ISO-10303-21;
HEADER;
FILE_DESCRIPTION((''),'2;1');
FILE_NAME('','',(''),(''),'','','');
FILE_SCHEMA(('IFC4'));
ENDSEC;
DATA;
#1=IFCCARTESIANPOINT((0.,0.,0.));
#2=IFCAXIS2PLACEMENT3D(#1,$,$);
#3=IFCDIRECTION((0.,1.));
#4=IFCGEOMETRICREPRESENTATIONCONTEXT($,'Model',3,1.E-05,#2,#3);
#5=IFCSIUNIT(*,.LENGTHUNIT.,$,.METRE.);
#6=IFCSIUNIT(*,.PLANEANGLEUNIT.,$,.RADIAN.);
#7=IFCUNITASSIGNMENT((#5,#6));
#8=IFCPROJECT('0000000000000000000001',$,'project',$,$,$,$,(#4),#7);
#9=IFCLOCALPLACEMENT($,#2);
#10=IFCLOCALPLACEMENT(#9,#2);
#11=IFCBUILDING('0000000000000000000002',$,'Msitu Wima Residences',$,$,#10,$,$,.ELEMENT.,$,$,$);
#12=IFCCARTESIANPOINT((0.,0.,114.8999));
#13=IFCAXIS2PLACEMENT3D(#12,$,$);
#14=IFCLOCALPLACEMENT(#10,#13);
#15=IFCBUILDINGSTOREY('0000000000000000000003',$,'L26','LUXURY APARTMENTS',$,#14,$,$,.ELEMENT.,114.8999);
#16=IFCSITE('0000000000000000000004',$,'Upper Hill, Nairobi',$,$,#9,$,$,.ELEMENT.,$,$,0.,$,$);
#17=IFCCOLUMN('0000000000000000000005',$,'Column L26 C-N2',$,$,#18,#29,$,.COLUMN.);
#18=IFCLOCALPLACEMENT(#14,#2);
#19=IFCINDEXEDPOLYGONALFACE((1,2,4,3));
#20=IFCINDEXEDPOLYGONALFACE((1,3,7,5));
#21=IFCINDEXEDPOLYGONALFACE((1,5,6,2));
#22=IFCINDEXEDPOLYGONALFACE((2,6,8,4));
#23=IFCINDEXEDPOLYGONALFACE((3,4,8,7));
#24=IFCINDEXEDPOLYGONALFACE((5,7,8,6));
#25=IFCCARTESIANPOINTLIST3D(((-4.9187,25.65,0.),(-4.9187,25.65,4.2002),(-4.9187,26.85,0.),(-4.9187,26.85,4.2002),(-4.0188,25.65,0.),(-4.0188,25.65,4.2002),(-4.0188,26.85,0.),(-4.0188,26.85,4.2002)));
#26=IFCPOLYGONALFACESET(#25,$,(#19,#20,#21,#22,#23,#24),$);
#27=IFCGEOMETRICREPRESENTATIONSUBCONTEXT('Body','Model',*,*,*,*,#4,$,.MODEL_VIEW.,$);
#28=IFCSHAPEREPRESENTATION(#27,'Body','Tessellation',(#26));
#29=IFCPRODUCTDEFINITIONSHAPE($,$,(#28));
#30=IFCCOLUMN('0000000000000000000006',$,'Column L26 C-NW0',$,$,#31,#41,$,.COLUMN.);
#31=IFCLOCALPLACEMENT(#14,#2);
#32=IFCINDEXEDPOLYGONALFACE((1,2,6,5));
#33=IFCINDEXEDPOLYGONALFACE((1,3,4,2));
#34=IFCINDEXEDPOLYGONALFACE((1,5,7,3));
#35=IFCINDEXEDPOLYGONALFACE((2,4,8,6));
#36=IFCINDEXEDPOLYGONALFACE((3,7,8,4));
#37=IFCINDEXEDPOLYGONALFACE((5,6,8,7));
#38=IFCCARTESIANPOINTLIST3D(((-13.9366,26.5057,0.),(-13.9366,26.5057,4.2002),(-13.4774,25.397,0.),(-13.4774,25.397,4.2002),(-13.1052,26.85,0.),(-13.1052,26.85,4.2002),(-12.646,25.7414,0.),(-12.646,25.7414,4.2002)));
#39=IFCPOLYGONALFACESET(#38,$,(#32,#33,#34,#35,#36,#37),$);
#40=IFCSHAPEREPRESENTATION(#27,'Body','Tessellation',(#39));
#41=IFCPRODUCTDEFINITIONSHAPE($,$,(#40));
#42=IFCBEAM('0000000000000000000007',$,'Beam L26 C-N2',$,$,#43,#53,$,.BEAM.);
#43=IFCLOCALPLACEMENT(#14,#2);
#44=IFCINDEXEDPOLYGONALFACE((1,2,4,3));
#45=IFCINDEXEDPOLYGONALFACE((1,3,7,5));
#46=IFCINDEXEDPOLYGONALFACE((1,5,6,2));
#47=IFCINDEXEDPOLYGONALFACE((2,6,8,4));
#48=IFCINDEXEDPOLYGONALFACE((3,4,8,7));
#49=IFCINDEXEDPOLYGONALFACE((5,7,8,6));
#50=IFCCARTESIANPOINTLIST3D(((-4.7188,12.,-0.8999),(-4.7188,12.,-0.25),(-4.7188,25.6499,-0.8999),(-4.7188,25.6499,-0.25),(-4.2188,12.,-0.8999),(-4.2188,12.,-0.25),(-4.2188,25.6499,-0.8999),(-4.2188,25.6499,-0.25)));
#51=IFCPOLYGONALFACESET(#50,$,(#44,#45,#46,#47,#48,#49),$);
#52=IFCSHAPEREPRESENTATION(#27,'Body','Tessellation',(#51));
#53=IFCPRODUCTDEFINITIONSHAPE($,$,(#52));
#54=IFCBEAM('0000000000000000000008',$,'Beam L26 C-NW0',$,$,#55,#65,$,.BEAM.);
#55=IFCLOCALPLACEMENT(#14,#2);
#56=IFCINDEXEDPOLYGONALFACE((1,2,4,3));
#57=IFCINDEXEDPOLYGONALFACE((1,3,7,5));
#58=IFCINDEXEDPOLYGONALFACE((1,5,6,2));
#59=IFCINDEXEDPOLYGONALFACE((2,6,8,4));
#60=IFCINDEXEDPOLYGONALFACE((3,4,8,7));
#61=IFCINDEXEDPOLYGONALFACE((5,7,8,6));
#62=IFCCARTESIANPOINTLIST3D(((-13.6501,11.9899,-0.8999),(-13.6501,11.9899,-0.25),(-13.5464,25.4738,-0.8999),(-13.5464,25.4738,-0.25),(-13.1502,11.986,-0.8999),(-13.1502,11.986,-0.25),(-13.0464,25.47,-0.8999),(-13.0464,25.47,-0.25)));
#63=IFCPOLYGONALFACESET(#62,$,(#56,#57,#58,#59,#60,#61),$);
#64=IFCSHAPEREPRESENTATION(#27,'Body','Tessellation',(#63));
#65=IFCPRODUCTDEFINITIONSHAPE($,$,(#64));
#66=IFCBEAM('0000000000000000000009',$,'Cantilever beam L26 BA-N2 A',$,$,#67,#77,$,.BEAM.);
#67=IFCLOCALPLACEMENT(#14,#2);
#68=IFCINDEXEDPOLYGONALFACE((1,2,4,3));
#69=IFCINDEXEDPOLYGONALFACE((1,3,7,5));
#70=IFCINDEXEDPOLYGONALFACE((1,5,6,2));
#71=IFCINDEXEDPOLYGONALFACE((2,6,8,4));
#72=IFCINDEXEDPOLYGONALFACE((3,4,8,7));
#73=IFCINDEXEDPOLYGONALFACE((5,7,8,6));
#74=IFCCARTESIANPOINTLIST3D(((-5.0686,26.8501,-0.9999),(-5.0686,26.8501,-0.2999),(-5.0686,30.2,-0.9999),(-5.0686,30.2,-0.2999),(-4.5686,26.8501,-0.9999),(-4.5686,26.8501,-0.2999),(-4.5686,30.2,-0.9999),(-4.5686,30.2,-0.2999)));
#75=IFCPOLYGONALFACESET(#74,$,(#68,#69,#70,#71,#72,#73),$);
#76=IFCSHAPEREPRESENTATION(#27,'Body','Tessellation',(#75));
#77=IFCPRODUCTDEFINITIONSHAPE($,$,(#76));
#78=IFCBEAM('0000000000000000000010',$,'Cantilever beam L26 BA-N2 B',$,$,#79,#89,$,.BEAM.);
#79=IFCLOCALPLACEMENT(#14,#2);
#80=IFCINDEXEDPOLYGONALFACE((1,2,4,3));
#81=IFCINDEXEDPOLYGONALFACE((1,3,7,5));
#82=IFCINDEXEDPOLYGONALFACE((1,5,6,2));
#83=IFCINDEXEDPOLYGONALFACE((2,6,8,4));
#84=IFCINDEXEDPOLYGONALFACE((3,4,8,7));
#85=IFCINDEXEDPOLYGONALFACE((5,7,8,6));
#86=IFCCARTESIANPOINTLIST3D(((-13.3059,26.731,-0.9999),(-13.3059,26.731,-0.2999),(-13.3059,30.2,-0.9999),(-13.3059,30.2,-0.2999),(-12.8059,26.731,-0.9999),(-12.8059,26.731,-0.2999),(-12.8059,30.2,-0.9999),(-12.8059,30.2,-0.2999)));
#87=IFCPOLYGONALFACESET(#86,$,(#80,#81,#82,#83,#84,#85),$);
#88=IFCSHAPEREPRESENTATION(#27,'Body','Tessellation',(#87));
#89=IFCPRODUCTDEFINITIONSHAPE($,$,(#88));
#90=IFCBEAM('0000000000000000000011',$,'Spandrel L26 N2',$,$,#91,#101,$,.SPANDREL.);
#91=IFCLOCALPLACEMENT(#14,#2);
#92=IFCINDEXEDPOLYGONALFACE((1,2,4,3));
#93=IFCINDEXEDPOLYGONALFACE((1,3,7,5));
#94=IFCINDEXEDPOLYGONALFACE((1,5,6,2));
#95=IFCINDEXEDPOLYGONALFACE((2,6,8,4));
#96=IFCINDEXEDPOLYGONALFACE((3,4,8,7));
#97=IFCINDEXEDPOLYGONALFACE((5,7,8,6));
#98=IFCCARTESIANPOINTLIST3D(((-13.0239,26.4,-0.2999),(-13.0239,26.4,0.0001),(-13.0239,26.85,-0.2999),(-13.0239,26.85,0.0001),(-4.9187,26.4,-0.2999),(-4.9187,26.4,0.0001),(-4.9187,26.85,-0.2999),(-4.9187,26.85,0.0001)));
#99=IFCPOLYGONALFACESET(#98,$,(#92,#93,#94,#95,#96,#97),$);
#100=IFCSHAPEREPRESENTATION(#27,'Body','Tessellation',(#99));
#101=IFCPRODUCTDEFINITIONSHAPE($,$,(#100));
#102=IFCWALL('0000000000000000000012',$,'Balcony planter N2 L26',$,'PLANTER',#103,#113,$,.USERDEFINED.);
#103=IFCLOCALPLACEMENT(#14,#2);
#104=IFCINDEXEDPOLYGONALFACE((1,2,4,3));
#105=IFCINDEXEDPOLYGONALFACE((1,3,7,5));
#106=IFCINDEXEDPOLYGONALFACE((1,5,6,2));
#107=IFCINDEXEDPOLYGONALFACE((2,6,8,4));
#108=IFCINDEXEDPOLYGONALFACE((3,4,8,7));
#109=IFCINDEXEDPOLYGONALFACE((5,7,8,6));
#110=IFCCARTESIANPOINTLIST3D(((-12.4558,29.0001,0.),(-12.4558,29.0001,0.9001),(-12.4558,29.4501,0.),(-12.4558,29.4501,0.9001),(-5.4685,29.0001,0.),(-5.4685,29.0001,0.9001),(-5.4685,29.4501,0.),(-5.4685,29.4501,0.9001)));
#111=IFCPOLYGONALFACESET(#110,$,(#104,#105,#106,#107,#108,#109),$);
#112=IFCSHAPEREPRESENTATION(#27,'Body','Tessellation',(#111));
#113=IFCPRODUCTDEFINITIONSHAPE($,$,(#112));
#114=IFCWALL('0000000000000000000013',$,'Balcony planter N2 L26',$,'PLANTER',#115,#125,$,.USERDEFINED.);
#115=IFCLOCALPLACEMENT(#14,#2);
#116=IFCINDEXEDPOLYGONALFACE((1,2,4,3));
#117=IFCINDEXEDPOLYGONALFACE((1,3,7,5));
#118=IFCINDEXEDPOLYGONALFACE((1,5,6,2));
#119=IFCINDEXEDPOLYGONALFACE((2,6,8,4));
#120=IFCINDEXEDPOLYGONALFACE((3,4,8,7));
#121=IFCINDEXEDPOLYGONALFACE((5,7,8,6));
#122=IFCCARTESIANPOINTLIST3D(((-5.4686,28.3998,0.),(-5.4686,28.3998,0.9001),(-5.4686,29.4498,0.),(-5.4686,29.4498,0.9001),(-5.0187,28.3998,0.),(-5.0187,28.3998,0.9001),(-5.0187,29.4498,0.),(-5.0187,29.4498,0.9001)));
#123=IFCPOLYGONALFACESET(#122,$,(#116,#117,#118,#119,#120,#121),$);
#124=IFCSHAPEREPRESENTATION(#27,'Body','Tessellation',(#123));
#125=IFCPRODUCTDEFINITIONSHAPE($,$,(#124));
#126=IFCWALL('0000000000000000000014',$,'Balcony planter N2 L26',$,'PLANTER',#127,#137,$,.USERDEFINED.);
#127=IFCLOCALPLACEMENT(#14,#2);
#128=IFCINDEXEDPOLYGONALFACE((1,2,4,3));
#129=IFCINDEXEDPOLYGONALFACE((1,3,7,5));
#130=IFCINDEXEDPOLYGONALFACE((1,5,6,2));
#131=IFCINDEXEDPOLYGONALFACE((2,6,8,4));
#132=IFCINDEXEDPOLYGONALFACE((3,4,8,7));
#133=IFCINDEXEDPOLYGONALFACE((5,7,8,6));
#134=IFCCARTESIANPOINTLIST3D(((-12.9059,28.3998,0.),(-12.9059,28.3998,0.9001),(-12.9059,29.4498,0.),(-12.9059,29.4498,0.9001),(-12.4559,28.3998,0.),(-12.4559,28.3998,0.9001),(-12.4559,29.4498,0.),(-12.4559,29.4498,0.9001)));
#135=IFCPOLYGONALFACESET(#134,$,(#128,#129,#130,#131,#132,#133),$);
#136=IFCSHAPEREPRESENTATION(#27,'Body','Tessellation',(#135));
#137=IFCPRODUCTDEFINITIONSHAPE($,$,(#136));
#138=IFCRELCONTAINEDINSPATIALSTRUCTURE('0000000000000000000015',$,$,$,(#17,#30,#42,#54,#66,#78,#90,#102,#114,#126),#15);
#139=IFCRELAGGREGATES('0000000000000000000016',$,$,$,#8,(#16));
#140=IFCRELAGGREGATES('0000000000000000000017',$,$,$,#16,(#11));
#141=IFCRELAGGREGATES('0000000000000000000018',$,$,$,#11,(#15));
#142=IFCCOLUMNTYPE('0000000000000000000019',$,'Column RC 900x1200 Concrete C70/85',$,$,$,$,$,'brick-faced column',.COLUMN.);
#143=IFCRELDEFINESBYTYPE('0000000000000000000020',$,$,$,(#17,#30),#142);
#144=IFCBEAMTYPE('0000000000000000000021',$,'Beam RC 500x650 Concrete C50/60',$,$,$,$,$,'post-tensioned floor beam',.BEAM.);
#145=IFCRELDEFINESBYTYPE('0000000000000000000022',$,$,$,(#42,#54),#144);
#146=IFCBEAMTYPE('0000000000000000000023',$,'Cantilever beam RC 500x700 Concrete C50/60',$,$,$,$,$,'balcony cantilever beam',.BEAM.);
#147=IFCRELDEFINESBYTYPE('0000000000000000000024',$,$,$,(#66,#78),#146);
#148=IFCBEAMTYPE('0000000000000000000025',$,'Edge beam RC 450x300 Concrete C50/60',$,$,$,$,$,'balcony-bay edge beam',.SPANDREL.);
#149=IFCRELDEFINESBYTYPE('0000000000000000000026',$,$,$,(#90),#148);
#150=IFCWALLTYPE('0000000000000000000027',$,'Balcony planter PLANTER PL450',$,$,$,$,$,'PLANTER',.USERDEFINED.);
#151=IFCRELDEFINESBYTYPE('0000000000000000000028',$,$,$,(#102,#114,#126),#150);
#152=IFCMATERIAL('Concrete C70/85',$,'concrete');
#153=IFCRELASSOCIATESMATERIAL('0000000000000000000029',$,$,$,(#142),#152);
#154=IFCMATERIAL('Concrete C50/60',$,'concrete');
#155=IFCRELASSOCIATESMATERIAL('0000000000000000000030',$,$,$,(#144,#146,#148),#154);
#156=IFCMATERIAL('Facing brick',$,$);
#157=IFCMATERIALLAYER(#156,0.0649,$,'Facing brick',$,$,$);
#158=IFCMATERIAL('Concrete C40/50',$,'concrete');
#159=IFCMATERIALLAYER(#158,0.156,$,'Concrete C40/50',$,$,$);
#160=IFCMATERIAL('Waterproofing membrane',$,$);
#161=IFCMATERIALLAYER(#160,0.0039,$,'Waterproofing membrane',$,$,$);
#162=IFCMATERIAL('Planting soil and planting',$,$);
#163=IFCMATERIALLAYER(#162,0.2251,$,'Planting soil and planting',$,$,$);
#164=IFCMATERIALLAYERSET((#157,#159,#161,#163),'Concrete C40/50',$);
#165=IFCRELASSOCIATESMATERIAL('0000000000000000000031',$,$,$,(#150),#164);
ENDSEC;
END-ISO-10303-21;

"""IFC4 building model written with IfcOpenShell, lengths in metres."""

from ifc_helpers import new_model, si_unit, direction, frame, frame_2d, origin, origin_2d, place, context, subcontext, project, spatial, rectangle, extrude, material, layer, layer_set, material_profile, profile_set, type_object, element, save


model = new_model("IFC4")

# Units and contexts
model_context = context("Model", 3, precision=1e-05, world=origin(), true_north=direction((0.0, 1.0)))
body_context = subcontext(model_context, "Body", "Model", "MODEL_VIEW")
ifc_project = project(units=[si_unit("LENGTHUNIT", "METRE"), si_unit("PLANEANGLEUNIT", "RADIAN")], contexts=[model_context])

# Site, building, storey
site_placement = place(None, origin())
site = spatial("IfcSite", under=ifc_project, at=site_placement, Name="Upper Hill, Nairobi", CompositionType="ELEMENT", RefElevation=0.0)
building_placement = place(site_placement, origin())
building = spatial("IfcBuilding", under=site, at=building_placement, Name="Msitu Wima Residences", CompositionType="ELEMENT")
storey_placement = place(building_placement, frame((0.0, 0.0, 114.8999)))
storey = spatial("IfcBuildingStorey", under=building, at=storey_placement, Name="L26", Description="LUXURY APARTMENTS", CompositionType="ELEMENT", Elevation=114.8999)

# Columns
ifc_material_1 = material(Name="Concrete C70/85", Category="concrete")
ifc_material_profile_1 = material_profile(ifc_material_1, rectangle(XDim=0.8999, YDim=1.2, at=origin_2d()), Name="RC 900x1200")
ifc_profile_set_1 = profile_set([ifc_material_profile_1], Name="Concrete C70/85")
column_type = type_object("IfcColumnType", Name="Column RC 900x1200 Concrete C70/85", ElementType="brick-faced column", PredefinedType="COLUMN", material=ifc_profile_set_1)
for number, where, z_axis, x_axis, name in (
    (1, (-4.4688, 26.25, 0.0), (0.0, 0.0, 1.0), (-1.0, 0.0, 0.0), "Column L26 C-N2"),
    (2, (-13.2913, 26.1235, 0.0), (0.0, 0.0, 1.0), (-0.92388, -0.382683, 0.0), "Column L26 C-NW0"),
):
    element("IfcColumn", number, at=place(storey_placement, frame(where, z_axis=z_axis, x_axis=x_axis)), inside=storey, type_object=column_type, Name=name, PredefinedType="COLUMN", context=body_context, shape_type="SweptSolid", body=[
        extrude(rectangle(XDim=0.8999, YDim=1.2, at=origin_2d()), origin(), (0.0, 0.0, 1.0), 4.2002),
    ])

# Beams
ifc_material_2 = material(Name="Concrete C50/60", Category="concrete")
ifc_material_profile_2 = material_profile(ifc_material_2, rectangle(XDim=0.5, YDim=0.6499, at=origin_2d()), Name="RC 500x650")
ifc_profile_set_2 = profile_set([ifc_material_profile_2], Name="Concrete C50/60")
beam_type_1 = type_object("IfcBeamType", Name="Beam RC 500x650 Concrete C50/60", ElementType="post-tensioned floor beam", PredefinedType="BEAM", material=ifc_profile_set_2)
beam_1_placement = place(storey_placement, frame((-4.4688, 25.6499, -0.575), z_axis=(0.0, -1.0, 0.0), x_axis=(1.0, 0.0, 0.0)))
element("IfcBeam", 3, at=beam_1_placement, inside=storey, type_object=beam_type_1, Name="Beam L26 C-N2", PredefinedType="BEAM", context=body_context, shape_type="SweptSolid", body=[
    extrude(rectangle(XDim=0.5, YDim=0.6499, at=origin_2d()), origin(), (0.0, 0.0, 1.0), 13.6499),
])
beam_2_placement = place(storey_placement, frame((-13.2964, 25.4719, -0.575), z_axis=(-0.007695, -0.99997, 0.0), x_axis=(0.99997, -0.007695, 0.0)))
element("IfcBeam", 4, at=beam_2_placement, inside=storey, type_object=beam_type_1, Name="Beam L26 C-NW0", PredefinedType="BEAM", context=body_context, shape_type="SweptSolid", body=[
    extrude(rectangle(XDim=0.5, YDim=0.6499, at=origin_2d()), origin(), (0.0, 0.0, 1.0), 13.4844),
])
ifc_material_profile_3 = material_profile(ifc_material_2, rectangle(XDim=0.5, YDim=0.7, at=origin_2d()), Name="RC 500x700")
ifc_profile_set_3 = profile_set([ifc_material_profile_3], Name="Concrete C50/60")
beam_type_2 = type_object("IfcBeamType", Name="Cantilever beam RC 500x700 Concrete C50/60", ElementType="balcony cantilever beam", PredefinedType="BEAM", material=ifc_profile_set_3)
beam_3_placement = place(storey_placement, frame((-4.8186, 26.8501, -0.6499), z_axis=(0.0, 1.0, 0.0), x_axis=(-1.0, 0.0, 0.0)))
element("IfcBeam", 5, at=beam_3_placement, inside=storey, type_object=beam_type_2, Name="Cantilever beam L26 BA-N2 A", PredefinedType="BEAM", context=body_context, shape_type="SweptSolid", body=[
    extrude(rectangle(XDim=0.5, YDim=0.7, at=origin_2d()), origin(), (0.0, 0.0, 1.0), 3.3499),
])
beam_4_placement = place(storey_placement, frame((-13.0559, 26.731, -0.6499), z_axis=(0.0, 1.0, 0.0), x_axis=(-1.0, 0.0, 0.0)))
element("IfcBeam", 6, at=beam_4_placement, inside=storey, type_object=beam_type_2, Name="Cantilever beam L26 BA-N2 B", PredefinedType="BEAM", context=body_context, shape_type="SweptSolid", body=[
    extrude(rectangle(XDim=0.5, YDim=0.7, at=origin_2d()), origin(), (0.0, 0.0, 1.0), 3.469),
])
ifc_material_profile_4 = material_profile(ifc_material_2, rectangle(XDim=0.45, YDim=0.3, at=origin_2d()), Name="RC 450x300")
ifc_profile_set_4 = profile_set([ifc_material_profile_4], Name="Concrete C50/60")
beam_type_3 = type_object("IfcBeamType", Name="Edge beam RC 450x300 Concrete C50/60", ElementType="balcony-bay edge beam", PredefinedType="SPANDREL", material=ifc_profile_set_4)
beam_5_placement = place(storey_placement, frame((-4.9187, 26.625, -0.1499), z_axis=(-1.0, 0.0, 0.0), x_axis=(0.0, -1.0, 0.0)))
element("IfcBeam", 7, at=beam_5_placement, inside=storey, type_object=beam_type_3, Name="Spandrel L26 N2", PredefinedType="SPANDREL", context=body_context, shape_type="SweptSolid", body=[
    extrude(rectangle(XDim=0.45, YDim=0.3, at=origin_2d()), origin(), (0.0, 0.0, 1.0), 8.1052),
])

# Walls
ifc_material_3 = material(Name="Facing brick")
ifc_layer_1 = layer(ifc_material_3, 0.0649, Name="Facing brick")
ifc_material_4 = material(Name="Concrete C40/50", Category="concrete")
ifc_layer_2 = layer(ifc_material_4, 0.156, Name="Concrete C40/50")
ifc_material_5 = material(Name="Waterproofing membrane")
ifc_layer_3 = layer(ifc_material_5, 0.0039, Name="Waterproofing membrane")
ifc_material_6 = material(Name="Planting soil and planting")
ifc_layer_4 = layer(ifc_material_6, 0.2251, Name="Planting soil and planting")
ifc_layer_set_1 = layer_set([ifc_layer_1, ifc_layer_2, ifc_layer_3, ifc_layer_4], Name="Concrete C40/50")
wall_type_1 = type_object("IfcWallType", Name="Balcony planter PLANTER PL450", ElementType="PLANTER", PredefinedType="USERDEFINED", material=ifc_layer_set_1)
wall_1_placement = place(storey_placement, frame((-5.4685, 29.2251, 0.0), z_axis=(0.0, 0.0, 1.0), x_axis=(-1.0, 0.0, 0.0)))
element("IfcWall", 8, at=wall_1_placement, inside=storey, type_object=wall_type_1, Name="Balcony planter N2 L26", ObjectType="PLANTER", PredefinedType="USERDEFINED", context=body_context, shape_type="SweptSolid", body=[
    extrude(rectangle(XDim=6.9873, YDim=0.45, at=frame_2d((3.4937, 0.0))), origin(), (0.0, 0.0, 1.0), 0.9001),
])
for number, where, z_axis, x_axis, name in (
    (9, (-5.2437, 28.3999, 0.0), (0.0, 0.0, 1.0), (0.0, 1.0, 0.0), "Balcony planter N2 L26"),
    (10, (-12.6809, 28.3999, 0.0), (0.0, 0.0, 1.0), (0.0, 1.0, 0.0), "Balcony planter N2 L26"),
):
    element("IfcWall", number, at=place(storey_placement, frame(where, z_axis=z_axis, x_axis=x_axis)), inside=storey, type_object=wall_type_1, Name=name, ObjectType="PLANTER", PredefinedType="USERDEFINED", context=body_context, shape_type="SweptSolid", body=[
        extrude(rectangle(XDim=1.05, YDim=0.45, at=frame_2d((0.5249, 0.0))), origin(), (0.0, 0.0, 1.0), 0.9001),
    ])

save(model, "model.ifc")
